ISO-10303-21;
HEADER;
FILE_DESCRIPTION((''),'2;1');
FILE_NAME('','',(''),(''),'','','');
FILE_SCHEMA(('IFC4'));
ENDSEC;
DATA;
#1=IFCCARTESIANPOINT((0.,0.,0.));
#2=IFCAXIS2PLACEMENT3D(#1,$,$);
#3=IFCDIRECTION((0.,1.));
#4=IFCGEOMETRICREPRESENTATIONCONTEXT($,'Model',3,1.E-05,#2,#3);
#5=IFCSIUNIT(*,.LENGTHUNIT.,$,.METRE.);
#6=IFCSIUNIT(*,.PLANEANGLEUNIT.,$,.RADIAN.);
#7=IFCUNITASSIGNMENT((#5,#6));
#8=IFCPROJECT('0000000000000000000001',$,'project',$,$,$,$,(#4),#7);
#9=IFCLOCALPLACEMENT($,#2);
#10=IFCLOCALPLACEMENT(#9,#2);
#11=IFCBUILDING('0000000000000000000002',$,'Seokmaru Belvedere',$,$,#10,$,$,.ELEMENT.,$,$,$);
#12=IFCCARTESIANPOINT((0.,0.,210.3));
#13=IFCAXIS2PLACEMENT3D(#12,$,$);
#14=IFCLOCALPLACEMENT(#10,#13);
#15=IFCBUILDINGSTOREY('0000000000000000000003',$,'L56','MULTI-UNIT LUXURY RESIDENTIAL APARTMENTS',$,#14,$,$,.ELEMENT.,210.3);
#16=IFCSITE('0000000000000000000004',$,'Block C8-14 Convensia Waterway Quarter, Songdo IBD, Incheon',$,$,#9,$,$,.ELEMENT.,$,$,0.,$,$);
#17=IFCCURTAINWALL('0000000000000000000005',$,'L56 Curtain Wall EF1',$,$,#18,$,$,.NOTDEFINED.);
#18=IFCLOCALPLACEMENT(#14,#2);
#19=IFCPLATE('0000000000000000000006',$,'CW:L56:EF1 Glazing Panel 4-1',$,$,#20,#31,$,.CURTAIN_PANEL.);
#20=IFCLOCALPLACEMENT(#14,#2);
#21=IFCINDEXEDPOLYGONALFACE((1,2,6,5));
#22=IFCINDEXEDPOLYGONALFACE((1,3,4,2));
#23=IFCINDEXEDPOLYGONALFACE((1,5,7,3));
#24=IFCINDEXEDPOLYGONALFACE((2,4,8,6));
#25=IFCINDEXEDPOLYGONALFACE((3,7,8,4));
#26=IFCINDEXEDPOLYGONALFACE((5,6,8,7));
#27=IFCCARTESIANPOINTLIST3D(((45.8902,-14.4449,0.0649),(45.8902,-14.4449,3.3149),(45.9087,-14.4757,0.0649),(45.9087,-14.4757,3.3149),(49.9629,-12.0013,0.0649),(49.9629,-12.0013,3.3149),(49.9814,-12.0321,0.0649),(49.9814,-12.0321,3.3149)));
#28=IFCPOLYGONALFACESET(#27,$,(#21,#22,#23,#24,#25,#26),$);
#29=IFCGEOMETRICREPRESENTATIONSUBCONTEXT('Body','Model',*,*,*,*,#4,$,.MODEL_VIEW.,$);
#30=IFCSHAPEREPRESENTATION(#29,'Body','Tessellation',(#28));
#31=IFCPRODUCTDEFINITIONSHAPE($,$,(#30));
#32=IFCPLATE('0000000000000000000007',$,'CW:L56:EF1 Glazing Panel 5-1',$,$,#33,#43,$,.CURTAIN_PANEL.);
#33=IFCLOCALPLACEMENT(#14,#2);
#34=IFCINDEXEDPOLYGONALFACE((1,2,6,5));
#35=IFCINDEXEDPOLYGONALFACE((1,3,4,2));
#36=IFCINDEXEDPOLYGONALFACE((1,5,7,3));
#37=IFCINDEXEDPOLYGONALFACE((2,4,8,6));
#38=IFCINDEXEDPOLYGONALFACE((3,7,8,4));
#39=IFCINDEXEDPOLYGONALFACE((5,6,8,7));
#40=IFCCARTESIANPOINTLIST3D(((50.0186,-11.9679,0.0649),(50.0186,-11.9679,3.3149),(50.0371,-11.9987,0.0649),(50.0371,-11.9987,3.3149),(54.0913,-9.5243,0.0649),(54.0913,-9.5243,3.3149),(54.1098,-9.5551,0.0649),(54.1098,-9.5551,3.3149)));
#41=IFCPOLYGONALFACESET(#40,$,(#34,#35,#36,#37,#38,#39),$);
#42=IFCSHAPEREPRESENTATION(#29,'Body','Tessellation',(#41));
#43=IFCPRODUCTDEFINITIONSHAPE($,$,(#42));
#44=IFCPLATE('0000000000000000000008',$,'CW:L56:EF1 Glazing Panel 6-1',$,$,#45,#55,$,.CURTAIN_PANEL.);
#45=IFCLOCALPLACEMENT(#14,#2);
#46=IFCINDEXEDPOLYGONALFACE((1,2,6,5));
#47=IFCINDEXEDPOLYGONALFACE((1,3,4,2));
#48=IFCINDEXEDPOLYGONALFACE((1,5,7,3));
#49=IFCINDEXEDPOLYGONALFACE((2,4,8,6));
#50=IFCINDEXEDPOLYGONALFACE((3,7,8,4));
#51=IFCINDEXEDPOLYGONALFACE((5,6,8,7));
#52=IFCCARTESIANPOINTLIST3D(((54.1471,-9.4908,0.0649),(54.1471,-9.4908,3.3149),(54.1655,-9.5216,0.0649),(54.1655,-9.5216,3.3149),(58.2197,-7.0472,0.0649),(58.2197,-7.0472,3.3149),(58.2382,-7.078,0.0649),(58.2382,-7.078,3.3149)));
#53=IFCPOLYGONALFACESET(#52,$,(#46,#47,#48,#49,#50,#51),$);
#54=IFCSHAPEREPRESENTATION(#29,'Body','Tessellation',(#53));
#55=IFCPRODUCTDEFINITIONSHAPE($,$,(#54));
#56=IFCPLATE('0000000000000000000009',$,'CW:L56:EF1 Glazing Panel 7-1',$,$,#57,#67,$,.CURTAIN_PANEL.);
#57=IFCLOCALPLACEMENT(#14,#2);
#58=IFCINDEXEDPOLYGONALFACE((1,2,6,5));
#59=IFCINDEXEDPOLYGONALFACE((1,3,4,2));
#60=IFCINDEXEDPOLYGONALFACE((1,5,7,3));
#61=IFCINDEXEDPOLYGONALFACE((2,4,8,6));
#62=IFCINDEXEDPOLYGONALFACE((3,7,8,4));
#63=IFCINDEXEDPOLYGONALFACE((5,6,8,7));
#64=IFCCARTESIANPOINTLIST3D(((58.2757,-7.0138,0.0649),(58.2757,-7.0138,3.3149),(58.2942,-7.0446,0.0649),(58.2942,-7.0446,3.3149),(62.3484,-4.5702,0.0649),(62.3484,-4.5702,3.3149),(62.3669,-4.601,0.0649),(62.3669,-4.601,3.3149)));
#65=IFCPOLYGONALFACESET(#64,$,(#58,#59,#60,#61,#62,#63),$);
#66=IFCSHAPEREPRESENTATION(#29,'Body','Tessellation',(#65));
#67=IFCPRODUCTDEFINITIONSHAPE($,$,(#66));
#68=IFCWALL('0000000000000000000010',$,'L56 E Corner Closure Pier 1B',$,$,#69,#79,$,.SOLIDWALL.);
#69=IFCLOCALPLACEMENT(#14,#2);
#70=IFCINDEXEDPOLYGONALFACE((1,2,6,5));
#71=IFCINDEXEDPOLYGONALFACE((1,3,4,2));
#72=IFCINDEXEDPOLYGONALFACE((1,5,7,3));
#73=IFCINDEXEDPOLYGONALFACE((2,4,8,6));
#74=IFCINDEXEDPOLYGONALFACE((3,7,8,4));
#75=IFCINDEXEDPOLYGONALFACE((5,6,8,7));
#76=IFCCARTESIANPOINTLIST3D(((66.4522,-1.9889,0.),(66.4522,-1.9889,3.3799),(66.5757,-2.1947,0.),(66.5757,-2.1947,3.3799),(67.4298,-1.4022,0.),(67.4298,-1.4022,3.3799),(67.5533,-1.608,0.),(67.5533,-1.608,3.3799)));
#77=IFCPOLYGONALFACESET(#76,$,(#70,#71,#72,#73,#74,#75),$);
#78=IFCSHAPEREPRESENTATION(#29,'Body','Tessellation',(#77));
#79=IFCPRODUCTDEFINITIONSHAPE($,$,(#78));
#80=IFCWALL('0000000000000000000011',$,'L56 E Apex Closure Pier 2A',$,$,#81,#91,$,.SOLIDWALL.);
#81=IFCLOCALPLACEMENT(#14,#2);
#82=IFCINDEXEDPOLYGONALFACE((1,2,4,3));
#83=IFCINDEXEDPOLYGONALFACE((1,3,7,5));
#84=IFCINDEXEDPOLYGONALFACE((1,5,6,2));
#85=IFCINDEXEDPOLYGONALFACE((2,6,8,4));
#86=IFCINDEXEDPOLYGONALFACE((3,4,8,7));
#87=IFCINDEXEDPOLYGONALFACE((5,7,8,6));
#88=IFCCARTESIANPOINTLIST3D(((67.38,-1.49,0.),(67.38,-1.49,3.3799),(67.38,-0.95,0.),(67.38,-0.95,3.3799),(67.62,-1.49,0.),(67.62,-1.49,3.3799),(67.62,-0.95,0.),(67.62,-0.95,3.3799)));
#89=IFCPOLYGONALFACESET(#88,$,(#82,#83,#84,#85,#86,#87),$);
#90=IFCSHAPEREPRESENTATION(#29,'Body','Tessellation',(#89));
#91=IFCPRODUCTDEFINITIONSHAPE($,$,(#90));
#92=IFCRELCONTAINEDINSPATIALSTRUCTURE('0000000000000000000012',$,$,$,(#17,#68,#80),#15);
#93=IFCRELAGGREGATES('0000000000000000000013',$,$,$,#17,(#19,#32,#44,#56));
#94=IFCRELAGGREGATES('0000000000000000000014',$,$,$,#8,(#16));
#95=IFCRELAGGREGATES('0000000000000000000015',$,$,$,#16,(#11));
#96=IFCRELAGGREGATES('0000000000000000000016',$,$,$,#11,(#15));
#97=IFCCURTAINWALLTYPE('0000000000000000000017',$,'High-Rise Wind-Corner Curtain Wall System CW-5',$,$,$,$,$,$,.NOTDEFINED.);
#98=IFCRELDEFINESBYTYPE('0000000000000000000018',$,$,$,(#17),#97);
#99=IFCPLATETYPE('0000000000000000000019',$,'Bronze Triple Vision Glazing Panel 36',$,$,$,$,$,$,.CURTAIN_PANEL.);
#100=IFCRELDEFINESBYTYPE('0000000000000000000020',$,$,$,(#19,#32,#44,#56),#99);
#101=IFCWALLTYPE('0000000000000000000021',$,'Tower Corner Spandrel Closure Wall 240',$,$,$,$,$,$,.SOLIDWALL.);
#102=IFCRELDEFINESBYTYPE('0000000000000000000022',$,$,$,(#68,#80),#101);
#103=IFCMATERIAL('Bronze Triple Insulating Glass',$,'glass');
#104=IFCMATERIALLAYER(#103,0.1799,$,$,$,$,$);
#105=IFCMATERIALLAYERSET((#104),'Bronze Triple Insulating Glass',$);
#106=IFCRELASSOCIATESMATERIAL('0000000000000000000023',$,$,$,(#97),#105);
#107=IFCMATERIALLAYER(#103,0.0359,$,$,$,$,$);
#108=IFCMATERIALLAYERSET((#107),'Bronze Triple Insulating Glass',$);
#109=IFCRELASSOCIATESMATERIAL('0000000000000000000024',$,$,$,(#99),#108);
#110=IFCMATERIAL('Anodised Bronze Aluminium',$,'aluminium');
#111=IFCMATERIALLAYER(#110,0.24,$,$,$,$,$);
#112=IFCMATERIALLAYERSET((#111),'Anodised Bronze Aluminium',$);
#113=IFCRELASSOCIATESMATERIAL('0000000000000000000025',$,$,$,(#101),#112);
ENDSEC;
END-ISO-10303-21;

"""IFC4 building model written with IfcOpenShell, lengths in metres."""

from ifc_helpers import new_model, si_unit, direction, frame, frame_2d, origin, origin_2d, place, context, subcontext, project, spatial, rectangle, extrude, source, transform, mapped, material, layer, layer_set, type_object, element, aggregate, save


model = new_model("IFC4")

# Units and contexts
model_context = context("Model", 3, precision=1e-05, world=origin(), true_north=direction((0.0, 1.0)))
body_context = subcontext(model_context, "Body", "Model", "MODEL_VIEW")
ifc_project = project(units=[si_unit("LENGTHUNIT", "METRE"), si_unit("PLANEANGLEUNIT", "RADIAN")], contexts=[model_context])

# Site, building, storey
site_placement = place(None, origin())
site = spatial("IfcSite", under=ifc_project, at=site_placement, Name="Block C8-14 Convensia Waterway Quarter, Songdo IBD, Incheon", CompositionType="ELEMENT", RefElevation=0.0)
building_placement = place(site_placement, origin())
building = spatial("IfcBuilding", under=site, at=building_placement, Name="Seokmaru Belvedere", CompositionType="ELEMENT")
storey_placement = place(building_placement, frame((0.0, 0.0, 210.3)))
storey = spatial("IfcBuildingStorey", under=building, at=storey_placement, Name="L56", Description="MULTI-UNIT LUXURY RESIDENTIAL APARTMENTS", CompositionType="ELEMENT", Elevation=210.3)

# Curtain wall, plates
ifc_material_1 = material(Name="Bronze Triple Insulating Glass", Category="glass")
ifc_layer_1 = layer(ifc_material_1, 0.1799)
ifc_layer_set_1 = layer_set([ifc_layer_1], Name="Bronze Triple Insulating Glass")
curtain_wall_type = type_object("IfcCurtainWallType", Name="High-Rise Wind-Corner Curtain Wall System CW-5", PredefinedType="NOTDEFINED", material=ifc_layer_set_1)
curtain_wall_placement = place(storey_placement, origin())
curtain_wall = element("IfcCurtainWall", 1, at=curtain_wall_placement, inside=storey, type_object=curtain_wall_type, Name="L56 Curtain Wall EF1", PredefinedType="NOTDEFINED")
ifc_material_2 = material(Name="Anodised Bronze Aluminium", Category="aluminium")
ifc_layer_2 = layer(ifc_material_1, 0.0359)
ifc_layer_set_2 = layer_set([ifc_layer_2], Name="Bronze Triple Insulating Glass")
plate_type = type_object("IfcPlateType", Name="Bronze Triple Vision Glazing Panel 36", PredefinedType="CURTAIN_PANEL", material=ifc_layer_set_2)
shared_shape_1 = source(origin(), body_context, "Body", "SweptSolid", [
    extrude(rectangle(XDim=4.7495, YDim=0.0359, at=origin_2d()), origin(), (0.0, 0.0, 1.0), 3.25),
])
plate_1_placement = place(storey_placement, frame((47.9358, -13.2385, 0.0649), z_axis=(0.0, 0.0, 1.0), x_axis=(0.857493, 0.514495, 0.0)))
plate_1 = element("IfcPlate", 2, at=plate_1_placement, type_object=plate_type, Name="CW:L56:EF1 Glazing Panel 4-1", PredefinedType="CURTAIN_PANEL", context=body_context, shape_type="MappedRepresentation", body=[
    mapped(shared_shape_1, transform((0.0, 0.0, 0.0), scale=1.0)),
])
plate_2_placement = place(storey_placement, frame((52.0642, -10.7615, 0.0649), z_axis=(0.0, 0.0, 1.0), x_axis=(0.857493, 0.514495, 0.0)))
plate_2 = element("IfcPlate", 3, at=plate_2_placement, type_object=plate_type, Name="CW:L56:EF1 Glazing Panel 5-1", PredefinedType="CURTAIN_PANEL", context=body_context, shape_type="MappedRepresentation", body=[
    mapped(shared_shape_1, transform((0.0, 0.0, 0.0), scale=1.0)),
])
plate_3_placement = place(storey_placement, frame((56.1926, -8.2844, 0.0649), z_axis=(0.0, 0.0, 1.0), x_axis=(0.857493, 0.514495, 0.0)))
plate_3 = element("IfcPlate", 4, at=plate_3_placement, type_object=plate_type, Name="CW:L56:EF1 Glazing Panel 6-1", PredefinedType="CURTAIN_PANEL", context=body_context, shape_type="MappedRepresentation", body=[
    mapped(shared_shape_1, transform((0.0, 0.0, 0.0), scale=1.0)),
])
plate_4_placement = place(storey_placement, frame((60.3213, -5.8074, 0.0649), z_axis=(0.0, 0.0, 1.0), x_axis=(0.857493, 0.514495, 0.0)))
plate_4 = element("IfcPlate", 5, at=plate_4_placement, type_object=plate_type, Name="CW:L56:EF1 Glazing Panel 7-1", PredefinedType="CURTAIN_PANEL", context=body_context, shape_type="MappedRepresentation", body=[
    mapped(shared_shape_1, transform((0.0, 0.0, 0.0), scale=1.0)),
])
aggregate(curtain_wall, [plate_1, plate_2, plate_3, plate_4])

# Walls
ifc_layer_3 = layer(ifc_material_2, 0.24)
ifc_layer_set_3 = layer_set([ifc_layer_3], Name="Anodised Bronze Aluminium")
wall_type_1 = type_object("IfcWallType", Name="Tower Corner Spandrel Closure Wall 240", PredefinedType="SOLIDWALL", material=ifc_layer_set_3)
wall_1_placement = place(storey_placement, frame((66.5139, -2.0918, 0.0), z_axis=(0.0, 0.0, 1.0), x_axis=(0.857436, 0.51459, 0.0)))
element("IfcWall", 6, at=wall_1_placement, inside=storey, type_object=wall_type_1, Name="L56 E Corner Closure Pier 1B", PredefinedType="SOLIDWALL", context=body_context, shape_type="SweptSolid", body=[
    extrude(rectangle(XDim=1.1401, YDim=0.24, at=frame_2d((0.5701, 0.0))), origin(), (0.0, 0.0, 1.0), 3.3799),
])
wall_2_placement = place(storey_placement, frame((67.5, -1.49, 0.0), z_axis=(0.0, 0.0, 1.0), x_axis=(0.0, 1.0, 0.0)))
element("IfcWall", 7, at=wall_2_placement, inside=storey, type_object=wall_type_1, Name="L56 E Apex Closure Pier 2A", PredefinedType="SOLIDWALL", context=body_context, shape_type="SweptSolid", body=[
    extrude(rectangle(XDim=0.54, YDim=0.24, at=frame_2d((0.27, 0.0))), origin(), (0.0, 0.0, 1.0), 3.3799),
])

save(model, "model.ifc")
